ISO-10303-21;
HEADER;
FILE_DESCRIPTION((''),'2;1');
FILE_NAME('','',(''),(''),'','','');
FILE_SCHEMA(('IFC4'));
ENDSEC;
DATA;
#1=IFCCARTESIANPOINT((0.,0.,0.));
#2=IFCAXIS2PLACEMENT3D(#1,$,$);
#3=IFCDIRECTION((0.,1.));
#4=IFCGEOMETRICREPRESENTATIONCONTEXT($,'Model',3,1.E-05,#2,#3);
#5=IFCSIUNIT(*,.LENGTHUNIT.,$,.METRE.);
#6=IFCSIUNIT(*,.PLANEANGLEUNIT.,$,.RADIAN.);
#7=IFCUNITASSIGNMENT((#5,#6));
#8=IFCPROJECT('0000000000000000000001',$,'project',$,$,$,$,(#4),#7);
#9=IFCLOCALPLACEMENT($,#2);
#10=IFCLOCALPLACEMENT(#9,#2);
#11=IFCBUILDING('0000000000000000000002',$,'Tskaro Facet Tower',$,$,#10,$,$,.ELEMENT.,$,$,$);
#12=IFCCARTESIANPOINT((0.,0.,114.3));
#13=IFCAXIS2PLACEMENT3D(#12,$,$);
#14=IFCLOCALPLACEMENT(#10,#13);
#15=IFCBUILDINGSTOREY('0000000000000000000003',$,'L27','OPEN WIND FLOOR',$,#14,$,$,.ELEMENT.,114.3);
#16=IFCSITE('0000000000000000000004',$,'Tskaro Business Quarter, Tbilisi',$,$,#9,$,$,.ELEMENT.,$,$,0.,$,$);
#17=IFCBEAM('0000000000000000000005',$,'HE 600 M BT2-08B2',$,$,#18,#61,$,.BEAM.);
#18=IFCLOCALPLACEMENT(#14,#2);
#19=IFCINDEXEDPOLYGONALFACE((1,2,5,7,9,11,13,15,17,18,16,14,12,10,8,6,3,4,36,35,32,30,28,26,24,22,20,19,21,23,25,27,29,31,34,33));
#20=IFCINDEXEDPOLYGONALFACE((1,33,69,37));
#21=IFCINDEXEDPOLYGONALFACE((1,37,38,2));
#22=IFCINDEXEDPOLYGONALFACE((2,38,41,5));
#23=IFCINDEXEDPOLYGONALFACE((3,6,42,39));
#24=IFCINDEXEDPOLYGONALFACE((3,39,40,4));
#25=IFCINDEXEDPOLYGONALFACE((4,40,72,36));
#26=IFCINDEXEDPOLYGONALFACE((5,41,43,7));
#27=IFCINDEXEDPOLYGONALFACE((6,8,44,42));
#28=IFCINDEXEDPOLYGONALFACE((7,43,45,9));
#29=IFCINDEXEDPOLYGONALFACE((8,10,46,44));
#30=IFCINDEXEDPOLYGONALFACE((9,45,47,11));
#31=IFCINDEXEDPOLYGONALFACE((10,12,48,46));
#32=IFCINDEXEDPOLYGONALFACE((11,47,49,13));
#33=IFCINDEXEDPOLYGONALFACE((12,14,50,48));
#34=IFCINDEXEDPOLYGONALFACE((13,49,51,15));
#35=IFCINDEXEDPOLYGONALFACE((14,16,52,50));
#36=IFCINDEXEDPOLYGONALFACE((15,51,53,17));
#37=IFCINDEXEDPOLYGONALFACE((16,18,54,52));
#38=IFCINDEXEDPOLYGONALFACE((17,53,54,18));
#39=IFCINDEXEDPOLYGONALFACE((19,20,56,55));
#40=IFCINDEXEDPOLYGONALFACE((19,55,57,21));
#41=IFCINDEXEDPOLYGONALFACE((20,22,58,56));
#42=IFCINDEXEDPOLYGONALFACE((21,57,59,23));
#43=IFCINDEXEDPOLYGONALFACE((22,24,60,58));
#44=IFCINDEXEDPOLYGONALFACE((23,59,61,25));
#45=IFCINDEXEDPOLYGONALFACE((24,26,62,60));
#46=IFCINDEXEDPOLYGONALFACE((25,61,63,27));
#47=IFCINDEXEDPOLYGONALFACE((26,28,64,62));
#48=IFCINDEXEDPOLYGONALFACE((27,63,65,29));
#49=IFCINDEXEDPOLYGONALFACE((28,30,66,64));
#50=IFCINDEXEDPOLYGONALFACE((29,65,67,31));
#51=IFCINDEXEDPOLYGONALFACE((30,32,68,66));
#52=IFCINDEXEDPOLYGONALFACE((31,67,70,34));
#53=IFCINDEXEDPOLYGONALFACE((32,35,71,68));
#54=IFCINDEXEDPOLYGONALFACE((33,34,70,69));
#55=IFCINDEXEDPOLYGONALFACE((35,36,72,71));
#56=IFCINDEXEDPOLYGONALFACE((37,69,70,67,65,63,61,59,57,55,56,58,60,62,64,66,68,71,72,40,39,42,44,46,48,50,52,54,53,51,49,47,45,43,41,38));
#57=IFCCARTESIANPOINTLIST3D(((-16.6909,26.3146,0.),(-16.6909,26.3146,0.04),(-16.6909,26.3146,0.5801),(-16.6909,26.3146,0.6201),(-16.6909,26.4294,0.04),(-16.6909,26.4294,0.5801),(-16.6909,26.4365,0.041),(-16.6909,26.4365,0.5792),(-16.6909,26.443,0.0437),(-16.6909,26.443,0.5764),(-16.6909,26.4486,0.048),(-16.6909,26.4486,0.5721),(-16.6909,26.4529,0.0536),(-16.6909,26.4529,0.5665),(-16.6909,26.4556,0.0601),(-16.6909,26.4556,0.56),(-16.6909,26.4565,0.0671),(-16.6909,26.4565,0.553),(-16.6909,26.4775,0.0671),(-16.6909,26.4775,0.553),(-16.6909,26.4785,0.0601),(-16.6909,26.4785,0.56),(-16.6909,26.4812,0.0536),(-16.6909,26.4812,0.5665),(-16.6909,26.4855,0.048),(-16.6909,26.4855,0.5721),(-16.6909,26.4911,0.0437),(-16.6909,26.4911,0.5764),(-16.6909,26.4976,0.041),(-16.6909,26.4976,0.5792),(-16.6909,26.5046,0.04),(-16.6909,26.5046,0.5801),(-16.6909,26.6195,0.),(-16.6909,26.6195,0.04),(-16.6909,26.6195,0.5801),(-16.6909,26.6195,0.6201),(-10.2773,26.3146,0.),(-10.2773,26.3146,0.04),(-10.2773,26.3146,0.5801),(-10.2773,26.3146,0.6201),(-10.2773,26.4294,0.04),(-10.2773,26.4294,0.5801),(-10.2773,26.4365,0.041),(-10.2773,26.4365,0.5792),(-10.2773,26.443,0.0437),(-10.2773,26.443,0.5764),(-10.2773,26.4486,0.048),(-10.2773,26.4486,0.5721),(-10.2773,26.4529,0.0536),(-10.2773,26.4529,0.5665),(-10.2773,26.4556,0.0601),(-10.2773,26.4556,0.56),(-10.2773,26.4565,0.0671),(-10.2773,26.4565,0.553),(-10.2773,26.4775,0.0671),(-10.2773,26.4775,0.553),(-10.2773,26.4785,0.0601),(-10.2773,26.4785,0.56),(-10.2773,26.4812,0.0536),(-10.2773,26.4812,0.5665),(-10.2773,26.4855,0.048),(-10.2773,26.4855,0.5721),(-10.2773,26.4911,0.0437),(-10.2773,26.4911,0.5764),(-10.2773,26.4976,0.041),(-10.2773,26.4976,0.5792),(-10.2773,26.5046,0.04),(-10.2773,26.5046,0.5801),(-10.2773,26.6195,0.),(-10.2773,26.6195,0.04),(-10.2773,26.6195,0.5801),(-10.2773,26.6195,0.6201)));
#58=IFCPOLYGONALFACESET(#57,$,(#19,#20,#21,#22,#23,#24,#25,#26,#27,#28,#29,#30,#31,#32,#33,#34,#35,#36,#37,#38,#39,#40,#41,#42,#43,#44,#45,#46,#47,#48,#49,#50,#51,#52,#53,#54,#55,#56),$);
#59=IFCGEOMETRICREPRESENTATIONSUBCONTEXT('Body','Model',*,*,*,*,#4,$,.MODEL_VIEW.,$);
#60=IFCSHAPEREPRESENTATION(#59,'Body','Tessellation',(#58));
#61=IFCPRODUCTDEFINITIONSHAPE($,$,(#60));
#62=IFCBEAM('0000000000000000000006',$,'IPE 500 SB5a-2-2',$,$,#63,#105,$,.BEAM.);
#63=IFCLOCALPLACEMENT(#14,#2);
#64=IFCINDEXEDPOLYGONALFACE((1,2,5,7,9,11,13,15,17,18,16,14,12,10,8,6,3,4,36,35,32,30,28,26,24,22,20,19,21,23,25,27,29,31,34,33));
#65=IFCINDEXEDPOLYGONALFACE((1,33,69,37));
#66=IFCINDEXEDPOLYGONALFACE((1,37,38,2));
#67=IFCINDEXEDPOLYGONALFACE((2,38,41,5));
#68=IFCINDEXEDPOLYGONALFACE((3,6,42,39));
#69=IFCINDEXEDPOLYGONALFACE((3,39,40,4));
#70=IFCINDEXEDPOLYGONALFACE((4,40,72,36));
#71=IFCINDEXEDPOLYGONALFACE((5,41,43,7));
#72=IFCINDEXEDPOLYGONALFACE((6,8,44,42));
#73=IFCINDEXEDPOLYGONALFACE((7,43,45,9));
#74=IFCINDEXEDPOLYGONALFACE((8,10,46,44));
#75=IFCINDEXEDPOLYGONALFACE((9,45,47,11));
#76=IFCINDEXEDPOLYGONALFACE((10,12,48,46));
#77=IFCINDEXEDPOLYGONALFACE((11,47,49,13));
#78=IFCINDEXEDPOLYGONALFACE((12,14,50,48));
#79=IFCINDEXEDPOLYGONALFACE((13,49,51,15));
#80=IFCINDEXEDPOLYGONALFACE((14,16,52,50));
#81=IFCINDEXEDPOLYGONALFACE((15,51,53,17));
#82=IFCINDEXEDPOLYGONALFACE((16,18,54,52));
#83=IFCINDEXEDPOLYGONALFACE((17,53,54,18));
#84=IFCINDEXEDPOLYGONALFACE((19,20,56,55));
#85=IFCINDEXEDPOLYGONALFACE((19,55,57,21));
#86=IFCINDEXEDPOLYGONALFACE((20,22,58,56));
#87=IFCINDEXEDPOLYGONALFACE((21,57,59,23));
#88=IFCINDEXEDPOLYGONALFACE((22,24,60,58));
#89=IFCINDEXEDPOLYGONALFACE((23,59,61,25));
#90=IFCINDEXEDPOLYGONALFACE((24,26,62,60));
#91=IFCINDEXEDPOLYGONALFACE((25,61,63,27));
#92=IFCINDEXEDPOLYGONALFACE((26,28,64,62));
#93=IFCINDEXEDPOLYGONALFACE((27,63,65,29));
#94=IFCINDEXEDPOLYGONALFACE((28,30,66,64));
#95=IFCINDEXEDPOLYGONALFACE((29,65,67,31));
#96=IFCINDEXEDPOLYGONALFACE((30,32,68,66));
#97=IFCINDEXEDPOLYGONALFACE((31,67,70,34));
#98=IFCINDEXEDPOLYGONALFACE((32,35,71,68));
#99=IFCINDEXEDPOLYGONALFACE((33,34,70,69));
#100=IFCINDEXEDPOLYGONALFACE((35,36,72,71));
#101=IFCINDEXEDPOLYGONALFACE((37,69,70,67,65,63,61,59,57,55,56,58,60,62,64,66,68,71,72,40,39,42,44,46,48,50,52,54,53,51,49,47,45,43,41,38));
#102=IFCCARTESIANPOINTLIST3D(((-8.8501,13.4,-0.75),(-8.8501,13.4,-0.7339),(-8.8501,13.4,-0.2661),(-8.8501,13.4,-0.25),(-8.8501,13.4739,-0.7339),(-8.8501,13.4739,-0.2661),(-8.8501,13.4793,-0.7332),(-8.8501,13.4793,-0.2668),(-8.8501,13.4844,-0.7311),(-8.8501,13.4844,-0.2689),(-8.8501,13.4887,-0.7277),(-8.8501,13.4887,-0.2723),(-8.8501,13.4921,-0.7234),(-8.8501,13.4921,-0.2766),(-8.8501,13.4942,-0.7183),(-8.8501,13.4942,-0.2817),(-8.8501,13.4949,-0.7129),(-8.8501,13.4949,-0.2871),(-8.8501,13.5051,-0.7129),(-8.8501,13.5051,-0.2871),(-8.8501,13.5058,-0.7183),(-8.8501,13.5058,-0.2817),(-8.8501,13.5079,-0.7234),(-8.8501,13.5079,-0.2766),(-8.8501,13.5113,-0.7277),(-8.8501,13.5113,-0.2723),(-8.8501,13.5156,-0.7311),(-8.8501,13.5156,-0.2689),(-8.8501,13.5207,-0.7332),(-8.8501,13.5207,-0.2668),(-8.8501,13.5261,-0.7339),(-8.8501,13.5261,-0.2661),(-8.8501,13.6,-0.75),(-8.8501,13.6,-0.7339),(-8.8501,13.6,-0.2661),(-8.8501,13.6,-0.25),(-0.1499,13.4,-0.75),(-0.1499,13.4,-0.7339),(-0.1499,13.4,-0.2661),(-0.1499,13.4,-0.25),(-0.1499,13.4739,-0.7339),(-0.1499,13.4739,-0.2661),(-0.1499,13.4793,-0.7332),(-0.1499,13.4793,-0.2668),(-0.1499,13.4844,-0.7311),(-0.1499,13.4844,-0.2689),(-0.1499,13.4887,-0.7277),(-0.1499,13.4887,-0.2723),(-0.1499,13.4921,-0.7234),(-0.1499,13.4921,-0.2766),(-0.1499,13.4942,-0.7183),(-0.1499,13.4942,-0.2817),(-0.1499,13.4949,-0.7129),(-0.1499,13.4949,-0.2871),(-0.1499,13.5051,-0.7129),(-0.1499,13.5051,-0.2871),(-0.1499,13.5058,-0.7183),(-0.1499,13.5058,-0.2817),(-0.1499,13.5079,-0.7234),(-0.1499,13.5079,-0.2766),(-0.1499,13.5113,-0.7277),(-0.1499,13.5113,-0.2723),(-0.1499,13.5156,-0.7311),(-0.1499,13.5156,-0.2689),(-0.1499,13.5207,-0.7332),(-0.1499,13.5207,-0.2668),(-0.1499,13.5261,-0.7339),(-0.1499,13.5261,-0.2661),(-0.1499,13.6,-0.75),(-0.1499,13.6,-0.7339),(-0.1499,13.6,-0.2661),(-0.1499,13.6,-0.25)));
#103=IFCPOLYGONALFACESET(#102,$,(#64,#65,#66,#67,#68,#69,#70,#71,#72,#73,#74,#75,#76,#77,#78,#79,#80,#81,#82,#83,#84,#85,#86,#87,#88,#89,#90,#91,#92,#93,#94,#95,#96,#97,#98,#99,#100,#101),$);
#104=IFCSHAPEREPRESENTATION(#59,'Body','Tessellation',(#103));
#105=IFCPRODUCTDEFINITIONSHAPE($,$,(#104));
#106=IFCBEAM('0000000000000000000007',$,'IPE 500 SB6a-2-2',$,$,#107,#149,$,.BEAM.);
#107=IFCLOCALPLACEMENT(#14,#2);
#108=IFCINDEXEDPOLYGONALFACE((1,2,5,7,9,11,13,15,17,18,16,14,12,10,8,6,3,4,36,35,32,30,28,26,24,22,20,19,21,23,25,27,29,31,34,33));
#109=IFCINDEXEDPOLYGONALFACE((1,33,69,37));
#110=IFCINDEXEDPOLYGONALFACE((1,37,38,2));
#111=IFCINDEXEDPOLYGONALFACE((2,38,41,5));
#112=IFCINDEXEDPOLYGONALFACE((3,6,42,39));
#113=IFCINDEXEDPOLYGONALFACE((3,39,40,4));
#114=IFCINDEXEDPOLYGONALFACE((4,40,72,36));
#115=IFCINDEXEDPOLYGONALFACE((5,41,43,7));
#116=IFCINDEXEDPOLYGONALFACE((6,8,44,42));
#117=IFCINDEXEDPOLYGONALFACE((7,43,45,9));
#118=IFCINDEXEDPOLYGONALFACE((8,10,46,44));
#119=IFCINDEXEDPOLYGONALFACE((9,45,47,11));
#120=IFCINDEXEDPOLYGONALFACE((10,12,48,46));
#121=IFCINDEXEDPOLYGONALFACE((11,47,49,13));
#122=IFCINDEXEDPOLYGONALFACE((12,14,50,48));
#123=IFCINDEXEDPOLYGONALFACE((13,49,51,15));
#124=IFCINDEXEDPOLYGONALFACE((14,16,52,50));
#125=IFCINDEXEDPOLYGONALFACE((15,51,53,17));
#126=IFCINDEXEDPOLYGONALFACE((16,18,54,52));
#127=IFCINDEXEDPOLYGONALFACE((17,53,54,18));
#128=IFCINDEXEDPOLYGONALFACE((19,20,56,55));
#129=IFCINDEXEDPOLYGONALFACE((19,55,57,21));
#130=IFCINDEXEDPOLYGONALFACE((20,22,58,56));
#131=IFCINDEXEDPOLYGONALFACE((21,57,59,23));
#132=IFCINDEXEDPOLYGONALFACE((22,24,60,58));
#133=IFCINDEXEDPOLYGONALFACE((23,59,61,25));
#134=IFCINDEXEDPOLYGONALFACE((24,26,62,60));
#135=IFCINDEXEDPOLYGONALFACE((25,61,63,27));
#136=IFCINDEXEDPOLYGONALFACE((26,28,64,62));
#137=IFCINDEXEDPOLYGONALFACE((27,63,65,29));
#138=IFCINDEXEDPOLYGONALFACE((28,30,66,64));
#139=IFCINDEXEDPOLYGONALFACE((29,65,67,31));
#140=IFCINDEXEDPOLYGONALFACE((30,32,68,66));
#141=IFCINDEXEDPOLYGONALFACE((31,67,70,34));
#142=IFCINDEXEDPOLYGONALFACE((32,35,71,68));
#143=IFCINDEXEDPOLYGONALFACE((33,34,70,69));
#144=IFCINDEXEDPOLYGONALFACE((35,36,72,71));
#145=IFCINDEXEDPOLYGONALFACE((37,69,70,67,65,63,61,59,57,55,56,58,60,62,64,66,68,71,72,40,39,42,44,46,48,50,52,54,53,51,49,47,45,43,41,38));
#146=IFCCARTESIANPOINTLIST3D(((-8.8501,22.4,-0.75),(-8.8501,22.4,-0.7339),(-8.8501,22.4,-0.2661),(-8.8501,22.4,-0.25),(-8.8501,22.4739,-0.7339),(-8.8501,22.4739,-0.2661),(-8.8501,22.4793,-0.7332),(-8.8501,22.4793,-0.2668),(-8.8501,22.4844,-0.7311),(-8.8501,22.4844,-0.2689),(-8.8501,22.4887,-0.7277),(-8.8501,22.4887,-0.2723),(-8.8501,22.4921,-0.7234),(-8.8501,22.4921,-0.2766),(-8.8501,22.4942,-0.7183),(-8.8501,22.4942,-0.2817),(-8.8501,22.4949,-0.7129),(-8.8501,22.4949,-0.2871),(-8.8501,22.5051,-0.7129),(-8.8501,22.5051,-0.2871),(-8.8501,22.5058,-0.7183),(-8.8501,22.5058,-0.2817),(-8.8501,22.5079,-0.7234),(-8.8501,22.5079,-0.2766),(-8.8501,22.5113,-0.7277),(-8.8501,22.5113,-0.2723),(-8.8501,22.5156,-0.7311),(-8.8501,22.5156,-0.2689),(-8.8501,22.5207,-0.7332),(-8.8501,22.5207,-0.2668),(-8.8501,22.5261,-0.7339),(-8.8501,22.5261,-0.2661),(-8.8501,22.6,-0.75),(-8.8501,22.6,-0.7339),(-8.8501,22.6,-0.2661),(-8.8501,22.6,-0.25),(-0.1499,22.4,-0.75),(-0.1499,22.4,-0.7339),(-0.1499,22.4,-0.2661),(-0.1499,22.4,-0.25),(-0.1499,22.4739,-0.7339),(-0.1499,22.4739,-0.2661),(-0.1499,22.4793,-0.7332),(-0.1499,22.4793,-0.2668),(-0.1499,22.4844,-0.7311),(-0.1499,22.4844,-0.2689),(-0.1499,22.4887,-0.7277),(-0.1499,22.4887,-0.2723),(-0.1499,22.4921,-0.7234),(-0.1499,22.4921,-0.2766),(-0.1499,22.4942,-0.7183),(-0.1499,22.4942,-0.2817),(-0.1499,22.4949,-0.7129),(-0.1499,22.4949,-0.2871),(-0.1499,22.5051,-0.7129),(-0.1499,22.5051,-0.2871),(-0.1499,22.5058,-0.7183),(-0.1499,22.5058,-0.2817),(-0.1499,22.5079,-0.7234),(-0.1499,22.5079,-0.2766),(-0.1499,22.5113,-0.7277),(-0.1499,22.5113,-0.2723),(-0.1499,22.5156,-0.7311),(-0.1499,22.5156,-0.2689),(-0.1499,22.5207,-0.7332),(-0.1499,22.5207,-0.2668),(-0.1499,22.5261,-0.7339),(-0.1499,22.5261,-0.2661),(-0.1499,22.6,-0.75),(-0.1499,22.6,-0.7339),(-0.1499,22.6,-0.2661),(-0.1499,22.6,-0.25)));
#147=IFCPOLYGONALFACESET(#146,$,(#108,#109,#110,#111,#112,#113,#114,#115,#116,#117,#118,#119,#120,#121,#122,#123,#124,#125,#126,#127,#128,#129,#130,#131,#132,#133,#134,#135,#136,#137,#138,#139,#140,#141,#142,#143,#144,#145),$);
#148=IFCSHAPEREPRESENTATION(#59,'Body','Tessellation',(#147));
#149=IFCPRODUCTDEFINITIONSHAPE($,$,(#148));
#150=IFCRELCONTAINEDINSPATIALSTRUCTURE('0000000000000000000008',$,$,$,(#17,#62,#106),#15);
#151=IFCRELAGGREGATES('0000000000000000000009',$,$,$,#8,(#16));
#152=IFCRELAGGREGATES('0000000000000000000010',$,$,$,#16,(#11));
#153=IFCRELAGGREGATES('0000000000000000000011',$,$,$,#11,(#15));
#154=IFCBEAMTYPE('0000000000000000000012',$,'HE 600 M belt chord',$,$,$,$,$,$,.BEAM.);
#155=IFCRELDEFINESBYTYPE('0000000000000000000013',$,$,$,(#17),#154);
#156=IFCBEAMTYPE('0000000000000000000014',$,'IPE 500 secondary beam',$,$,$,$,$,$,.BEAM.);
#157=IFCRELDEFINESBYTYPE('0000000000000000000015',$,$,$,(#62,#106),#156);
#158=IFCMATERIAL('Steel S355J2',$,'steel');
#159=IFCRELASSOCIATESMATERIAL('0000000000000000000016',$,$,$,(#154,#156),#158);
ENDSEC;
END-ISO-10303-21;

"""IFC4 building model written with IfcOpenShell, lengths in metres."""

from ifc_helpers import new_model, si_unit, direction, frame, origin, origin_2d, place, context, subcontext, project, spatial, i_section, extrude, material, material_profile, profile_set, type_object, element, save


model = new_model("IFC4")

# Units and contexts
model_context = context("Model", 3, precision=1e-05, world=origin(), true_north=direction((0.0, 1.0)))
body_context = subcontext(model_context, "Body", "Model", "MODEL_VIEW")
ifc_project = project(units=[si_unit("LENGTHUNIT", "METRE"), si_unit("PLANEANGLEUNIT", "RADIAN")], contexts=[model_context])

# Site, building, storey
site_placement = place(None, origin())
site = spatial("IfcSite", under=ifc_project, at=site_placement, Name="Tskaro Business Quarter, Tbilisi", CompositionType="ELEMENT", RefElevation=0.0)
building_placement = place(site_placement, origin())
building = spatial("IfcBuilding", under=site, at=building_placement, Name="Tskaro Facet Tower", CompositionType="ELEMENT")
storey_placement = place(building_placement, frame((0.0, 0.0, 114.3)))
storey = spatial("IfcBuildingStorey", under=building, at=storey_placement, Name="L27", Description="OPEN WIND FLOOR", CompositionType="ELEMENT", Elevation=114.3)

# Shared definitions
ifc_material_1 = material(Name="Steel S355J2", Category="steel")

# Beams
ifc_material_profile_1 = material_profile(ifc_material_1, i_section(OverallWidth=0.3049, OverallDepth=0.6201, WebThickness=0.021, FlangeThickness=0.04, FilletRadius=0.0271, at=origin_2d()), Name="HE 600 M")
ifc_profile_set_1 = profile_set([ifc_material_profile_1], Name="Steel S355J2")
beam_type_1 = type_object("IfcBeamType", Name="HE 600 M belt chord", PredefinedType="BEAM", material=ifc_profile_set_1)
beam_1_placement = place(storey_placement, frame((-10.2773, 26.467, 0.3101), z_axis=(-1.0, 0.0, 0.0), x_axis=(0.0, -1.0, 0.0)))
element("IfcBeam", 1, at=beam_1_placement, inside=storey, type_object=beam_type_1, Name="HE 600 M BT2-08B2", PredefinedType="BEAM", context=body_context, shape_type="SweptSolid", body=[
    extrude(i_section(OverallWidth=0.3049, OverallDepth=0.6201, WebThickness=0.021, FlangeThickness=0.04, FilletRadius=0.0271, at=origin_2d()), origin(), (0.0, 0.0, 1.0), 6.4136),
])
ifc_material_profile_2 = material_profile(ifc_material_1, i_section(OverallWidth=0.2, OverallDepth=0.5, WebThickness=0.0103, FlangeThickness=0.0161, FilletRadius=0.021, at=origin_2d()), Name="IPE 500")
ifc_profile_set_2 = profile_set([ifc_material_profile_2], Name="Steel S355J2")
beam_type_2 = type_object("IfcBeamType", Name="IPE 500 secondary beam", PredefinedType="BEAM", material=ifc_profile_set_2)
for number, where, z_axis, x_axis, name in (
    (2, (-8.8501, 13.5, -0.5), (1.0, 0.0, 0.0), (0.0, 1.0, 0.0), "IPE 500 SB5a-2-2"),
    (3, (-8.8501, 22.5, -0.5), (1.0, 0.0, 0.0), (0.0, 1.0, 0.0), "IPE 500 SB6a-2-2"),
):
    element("IfcBeam", number, at=place(storey_placement, frame(where, z_axis=z_axis, x_axis=x_axis)), inside=storey, type_object=beam_type_2, Name=name, PredefinedType="BEAM", context=body_context, shape_type="SweptSolid", body=[
        extrude(i_section(OverallWidth=0.2, OverallDepth=0.5, WebThickness=0.0103, FlangeThickness=0.0161, FilletRadius=0.021, at=origin_2d()), origin(), (0.0, 0.0, 1.0), 8.7002),
    ])

save(model, "model.ifc")
